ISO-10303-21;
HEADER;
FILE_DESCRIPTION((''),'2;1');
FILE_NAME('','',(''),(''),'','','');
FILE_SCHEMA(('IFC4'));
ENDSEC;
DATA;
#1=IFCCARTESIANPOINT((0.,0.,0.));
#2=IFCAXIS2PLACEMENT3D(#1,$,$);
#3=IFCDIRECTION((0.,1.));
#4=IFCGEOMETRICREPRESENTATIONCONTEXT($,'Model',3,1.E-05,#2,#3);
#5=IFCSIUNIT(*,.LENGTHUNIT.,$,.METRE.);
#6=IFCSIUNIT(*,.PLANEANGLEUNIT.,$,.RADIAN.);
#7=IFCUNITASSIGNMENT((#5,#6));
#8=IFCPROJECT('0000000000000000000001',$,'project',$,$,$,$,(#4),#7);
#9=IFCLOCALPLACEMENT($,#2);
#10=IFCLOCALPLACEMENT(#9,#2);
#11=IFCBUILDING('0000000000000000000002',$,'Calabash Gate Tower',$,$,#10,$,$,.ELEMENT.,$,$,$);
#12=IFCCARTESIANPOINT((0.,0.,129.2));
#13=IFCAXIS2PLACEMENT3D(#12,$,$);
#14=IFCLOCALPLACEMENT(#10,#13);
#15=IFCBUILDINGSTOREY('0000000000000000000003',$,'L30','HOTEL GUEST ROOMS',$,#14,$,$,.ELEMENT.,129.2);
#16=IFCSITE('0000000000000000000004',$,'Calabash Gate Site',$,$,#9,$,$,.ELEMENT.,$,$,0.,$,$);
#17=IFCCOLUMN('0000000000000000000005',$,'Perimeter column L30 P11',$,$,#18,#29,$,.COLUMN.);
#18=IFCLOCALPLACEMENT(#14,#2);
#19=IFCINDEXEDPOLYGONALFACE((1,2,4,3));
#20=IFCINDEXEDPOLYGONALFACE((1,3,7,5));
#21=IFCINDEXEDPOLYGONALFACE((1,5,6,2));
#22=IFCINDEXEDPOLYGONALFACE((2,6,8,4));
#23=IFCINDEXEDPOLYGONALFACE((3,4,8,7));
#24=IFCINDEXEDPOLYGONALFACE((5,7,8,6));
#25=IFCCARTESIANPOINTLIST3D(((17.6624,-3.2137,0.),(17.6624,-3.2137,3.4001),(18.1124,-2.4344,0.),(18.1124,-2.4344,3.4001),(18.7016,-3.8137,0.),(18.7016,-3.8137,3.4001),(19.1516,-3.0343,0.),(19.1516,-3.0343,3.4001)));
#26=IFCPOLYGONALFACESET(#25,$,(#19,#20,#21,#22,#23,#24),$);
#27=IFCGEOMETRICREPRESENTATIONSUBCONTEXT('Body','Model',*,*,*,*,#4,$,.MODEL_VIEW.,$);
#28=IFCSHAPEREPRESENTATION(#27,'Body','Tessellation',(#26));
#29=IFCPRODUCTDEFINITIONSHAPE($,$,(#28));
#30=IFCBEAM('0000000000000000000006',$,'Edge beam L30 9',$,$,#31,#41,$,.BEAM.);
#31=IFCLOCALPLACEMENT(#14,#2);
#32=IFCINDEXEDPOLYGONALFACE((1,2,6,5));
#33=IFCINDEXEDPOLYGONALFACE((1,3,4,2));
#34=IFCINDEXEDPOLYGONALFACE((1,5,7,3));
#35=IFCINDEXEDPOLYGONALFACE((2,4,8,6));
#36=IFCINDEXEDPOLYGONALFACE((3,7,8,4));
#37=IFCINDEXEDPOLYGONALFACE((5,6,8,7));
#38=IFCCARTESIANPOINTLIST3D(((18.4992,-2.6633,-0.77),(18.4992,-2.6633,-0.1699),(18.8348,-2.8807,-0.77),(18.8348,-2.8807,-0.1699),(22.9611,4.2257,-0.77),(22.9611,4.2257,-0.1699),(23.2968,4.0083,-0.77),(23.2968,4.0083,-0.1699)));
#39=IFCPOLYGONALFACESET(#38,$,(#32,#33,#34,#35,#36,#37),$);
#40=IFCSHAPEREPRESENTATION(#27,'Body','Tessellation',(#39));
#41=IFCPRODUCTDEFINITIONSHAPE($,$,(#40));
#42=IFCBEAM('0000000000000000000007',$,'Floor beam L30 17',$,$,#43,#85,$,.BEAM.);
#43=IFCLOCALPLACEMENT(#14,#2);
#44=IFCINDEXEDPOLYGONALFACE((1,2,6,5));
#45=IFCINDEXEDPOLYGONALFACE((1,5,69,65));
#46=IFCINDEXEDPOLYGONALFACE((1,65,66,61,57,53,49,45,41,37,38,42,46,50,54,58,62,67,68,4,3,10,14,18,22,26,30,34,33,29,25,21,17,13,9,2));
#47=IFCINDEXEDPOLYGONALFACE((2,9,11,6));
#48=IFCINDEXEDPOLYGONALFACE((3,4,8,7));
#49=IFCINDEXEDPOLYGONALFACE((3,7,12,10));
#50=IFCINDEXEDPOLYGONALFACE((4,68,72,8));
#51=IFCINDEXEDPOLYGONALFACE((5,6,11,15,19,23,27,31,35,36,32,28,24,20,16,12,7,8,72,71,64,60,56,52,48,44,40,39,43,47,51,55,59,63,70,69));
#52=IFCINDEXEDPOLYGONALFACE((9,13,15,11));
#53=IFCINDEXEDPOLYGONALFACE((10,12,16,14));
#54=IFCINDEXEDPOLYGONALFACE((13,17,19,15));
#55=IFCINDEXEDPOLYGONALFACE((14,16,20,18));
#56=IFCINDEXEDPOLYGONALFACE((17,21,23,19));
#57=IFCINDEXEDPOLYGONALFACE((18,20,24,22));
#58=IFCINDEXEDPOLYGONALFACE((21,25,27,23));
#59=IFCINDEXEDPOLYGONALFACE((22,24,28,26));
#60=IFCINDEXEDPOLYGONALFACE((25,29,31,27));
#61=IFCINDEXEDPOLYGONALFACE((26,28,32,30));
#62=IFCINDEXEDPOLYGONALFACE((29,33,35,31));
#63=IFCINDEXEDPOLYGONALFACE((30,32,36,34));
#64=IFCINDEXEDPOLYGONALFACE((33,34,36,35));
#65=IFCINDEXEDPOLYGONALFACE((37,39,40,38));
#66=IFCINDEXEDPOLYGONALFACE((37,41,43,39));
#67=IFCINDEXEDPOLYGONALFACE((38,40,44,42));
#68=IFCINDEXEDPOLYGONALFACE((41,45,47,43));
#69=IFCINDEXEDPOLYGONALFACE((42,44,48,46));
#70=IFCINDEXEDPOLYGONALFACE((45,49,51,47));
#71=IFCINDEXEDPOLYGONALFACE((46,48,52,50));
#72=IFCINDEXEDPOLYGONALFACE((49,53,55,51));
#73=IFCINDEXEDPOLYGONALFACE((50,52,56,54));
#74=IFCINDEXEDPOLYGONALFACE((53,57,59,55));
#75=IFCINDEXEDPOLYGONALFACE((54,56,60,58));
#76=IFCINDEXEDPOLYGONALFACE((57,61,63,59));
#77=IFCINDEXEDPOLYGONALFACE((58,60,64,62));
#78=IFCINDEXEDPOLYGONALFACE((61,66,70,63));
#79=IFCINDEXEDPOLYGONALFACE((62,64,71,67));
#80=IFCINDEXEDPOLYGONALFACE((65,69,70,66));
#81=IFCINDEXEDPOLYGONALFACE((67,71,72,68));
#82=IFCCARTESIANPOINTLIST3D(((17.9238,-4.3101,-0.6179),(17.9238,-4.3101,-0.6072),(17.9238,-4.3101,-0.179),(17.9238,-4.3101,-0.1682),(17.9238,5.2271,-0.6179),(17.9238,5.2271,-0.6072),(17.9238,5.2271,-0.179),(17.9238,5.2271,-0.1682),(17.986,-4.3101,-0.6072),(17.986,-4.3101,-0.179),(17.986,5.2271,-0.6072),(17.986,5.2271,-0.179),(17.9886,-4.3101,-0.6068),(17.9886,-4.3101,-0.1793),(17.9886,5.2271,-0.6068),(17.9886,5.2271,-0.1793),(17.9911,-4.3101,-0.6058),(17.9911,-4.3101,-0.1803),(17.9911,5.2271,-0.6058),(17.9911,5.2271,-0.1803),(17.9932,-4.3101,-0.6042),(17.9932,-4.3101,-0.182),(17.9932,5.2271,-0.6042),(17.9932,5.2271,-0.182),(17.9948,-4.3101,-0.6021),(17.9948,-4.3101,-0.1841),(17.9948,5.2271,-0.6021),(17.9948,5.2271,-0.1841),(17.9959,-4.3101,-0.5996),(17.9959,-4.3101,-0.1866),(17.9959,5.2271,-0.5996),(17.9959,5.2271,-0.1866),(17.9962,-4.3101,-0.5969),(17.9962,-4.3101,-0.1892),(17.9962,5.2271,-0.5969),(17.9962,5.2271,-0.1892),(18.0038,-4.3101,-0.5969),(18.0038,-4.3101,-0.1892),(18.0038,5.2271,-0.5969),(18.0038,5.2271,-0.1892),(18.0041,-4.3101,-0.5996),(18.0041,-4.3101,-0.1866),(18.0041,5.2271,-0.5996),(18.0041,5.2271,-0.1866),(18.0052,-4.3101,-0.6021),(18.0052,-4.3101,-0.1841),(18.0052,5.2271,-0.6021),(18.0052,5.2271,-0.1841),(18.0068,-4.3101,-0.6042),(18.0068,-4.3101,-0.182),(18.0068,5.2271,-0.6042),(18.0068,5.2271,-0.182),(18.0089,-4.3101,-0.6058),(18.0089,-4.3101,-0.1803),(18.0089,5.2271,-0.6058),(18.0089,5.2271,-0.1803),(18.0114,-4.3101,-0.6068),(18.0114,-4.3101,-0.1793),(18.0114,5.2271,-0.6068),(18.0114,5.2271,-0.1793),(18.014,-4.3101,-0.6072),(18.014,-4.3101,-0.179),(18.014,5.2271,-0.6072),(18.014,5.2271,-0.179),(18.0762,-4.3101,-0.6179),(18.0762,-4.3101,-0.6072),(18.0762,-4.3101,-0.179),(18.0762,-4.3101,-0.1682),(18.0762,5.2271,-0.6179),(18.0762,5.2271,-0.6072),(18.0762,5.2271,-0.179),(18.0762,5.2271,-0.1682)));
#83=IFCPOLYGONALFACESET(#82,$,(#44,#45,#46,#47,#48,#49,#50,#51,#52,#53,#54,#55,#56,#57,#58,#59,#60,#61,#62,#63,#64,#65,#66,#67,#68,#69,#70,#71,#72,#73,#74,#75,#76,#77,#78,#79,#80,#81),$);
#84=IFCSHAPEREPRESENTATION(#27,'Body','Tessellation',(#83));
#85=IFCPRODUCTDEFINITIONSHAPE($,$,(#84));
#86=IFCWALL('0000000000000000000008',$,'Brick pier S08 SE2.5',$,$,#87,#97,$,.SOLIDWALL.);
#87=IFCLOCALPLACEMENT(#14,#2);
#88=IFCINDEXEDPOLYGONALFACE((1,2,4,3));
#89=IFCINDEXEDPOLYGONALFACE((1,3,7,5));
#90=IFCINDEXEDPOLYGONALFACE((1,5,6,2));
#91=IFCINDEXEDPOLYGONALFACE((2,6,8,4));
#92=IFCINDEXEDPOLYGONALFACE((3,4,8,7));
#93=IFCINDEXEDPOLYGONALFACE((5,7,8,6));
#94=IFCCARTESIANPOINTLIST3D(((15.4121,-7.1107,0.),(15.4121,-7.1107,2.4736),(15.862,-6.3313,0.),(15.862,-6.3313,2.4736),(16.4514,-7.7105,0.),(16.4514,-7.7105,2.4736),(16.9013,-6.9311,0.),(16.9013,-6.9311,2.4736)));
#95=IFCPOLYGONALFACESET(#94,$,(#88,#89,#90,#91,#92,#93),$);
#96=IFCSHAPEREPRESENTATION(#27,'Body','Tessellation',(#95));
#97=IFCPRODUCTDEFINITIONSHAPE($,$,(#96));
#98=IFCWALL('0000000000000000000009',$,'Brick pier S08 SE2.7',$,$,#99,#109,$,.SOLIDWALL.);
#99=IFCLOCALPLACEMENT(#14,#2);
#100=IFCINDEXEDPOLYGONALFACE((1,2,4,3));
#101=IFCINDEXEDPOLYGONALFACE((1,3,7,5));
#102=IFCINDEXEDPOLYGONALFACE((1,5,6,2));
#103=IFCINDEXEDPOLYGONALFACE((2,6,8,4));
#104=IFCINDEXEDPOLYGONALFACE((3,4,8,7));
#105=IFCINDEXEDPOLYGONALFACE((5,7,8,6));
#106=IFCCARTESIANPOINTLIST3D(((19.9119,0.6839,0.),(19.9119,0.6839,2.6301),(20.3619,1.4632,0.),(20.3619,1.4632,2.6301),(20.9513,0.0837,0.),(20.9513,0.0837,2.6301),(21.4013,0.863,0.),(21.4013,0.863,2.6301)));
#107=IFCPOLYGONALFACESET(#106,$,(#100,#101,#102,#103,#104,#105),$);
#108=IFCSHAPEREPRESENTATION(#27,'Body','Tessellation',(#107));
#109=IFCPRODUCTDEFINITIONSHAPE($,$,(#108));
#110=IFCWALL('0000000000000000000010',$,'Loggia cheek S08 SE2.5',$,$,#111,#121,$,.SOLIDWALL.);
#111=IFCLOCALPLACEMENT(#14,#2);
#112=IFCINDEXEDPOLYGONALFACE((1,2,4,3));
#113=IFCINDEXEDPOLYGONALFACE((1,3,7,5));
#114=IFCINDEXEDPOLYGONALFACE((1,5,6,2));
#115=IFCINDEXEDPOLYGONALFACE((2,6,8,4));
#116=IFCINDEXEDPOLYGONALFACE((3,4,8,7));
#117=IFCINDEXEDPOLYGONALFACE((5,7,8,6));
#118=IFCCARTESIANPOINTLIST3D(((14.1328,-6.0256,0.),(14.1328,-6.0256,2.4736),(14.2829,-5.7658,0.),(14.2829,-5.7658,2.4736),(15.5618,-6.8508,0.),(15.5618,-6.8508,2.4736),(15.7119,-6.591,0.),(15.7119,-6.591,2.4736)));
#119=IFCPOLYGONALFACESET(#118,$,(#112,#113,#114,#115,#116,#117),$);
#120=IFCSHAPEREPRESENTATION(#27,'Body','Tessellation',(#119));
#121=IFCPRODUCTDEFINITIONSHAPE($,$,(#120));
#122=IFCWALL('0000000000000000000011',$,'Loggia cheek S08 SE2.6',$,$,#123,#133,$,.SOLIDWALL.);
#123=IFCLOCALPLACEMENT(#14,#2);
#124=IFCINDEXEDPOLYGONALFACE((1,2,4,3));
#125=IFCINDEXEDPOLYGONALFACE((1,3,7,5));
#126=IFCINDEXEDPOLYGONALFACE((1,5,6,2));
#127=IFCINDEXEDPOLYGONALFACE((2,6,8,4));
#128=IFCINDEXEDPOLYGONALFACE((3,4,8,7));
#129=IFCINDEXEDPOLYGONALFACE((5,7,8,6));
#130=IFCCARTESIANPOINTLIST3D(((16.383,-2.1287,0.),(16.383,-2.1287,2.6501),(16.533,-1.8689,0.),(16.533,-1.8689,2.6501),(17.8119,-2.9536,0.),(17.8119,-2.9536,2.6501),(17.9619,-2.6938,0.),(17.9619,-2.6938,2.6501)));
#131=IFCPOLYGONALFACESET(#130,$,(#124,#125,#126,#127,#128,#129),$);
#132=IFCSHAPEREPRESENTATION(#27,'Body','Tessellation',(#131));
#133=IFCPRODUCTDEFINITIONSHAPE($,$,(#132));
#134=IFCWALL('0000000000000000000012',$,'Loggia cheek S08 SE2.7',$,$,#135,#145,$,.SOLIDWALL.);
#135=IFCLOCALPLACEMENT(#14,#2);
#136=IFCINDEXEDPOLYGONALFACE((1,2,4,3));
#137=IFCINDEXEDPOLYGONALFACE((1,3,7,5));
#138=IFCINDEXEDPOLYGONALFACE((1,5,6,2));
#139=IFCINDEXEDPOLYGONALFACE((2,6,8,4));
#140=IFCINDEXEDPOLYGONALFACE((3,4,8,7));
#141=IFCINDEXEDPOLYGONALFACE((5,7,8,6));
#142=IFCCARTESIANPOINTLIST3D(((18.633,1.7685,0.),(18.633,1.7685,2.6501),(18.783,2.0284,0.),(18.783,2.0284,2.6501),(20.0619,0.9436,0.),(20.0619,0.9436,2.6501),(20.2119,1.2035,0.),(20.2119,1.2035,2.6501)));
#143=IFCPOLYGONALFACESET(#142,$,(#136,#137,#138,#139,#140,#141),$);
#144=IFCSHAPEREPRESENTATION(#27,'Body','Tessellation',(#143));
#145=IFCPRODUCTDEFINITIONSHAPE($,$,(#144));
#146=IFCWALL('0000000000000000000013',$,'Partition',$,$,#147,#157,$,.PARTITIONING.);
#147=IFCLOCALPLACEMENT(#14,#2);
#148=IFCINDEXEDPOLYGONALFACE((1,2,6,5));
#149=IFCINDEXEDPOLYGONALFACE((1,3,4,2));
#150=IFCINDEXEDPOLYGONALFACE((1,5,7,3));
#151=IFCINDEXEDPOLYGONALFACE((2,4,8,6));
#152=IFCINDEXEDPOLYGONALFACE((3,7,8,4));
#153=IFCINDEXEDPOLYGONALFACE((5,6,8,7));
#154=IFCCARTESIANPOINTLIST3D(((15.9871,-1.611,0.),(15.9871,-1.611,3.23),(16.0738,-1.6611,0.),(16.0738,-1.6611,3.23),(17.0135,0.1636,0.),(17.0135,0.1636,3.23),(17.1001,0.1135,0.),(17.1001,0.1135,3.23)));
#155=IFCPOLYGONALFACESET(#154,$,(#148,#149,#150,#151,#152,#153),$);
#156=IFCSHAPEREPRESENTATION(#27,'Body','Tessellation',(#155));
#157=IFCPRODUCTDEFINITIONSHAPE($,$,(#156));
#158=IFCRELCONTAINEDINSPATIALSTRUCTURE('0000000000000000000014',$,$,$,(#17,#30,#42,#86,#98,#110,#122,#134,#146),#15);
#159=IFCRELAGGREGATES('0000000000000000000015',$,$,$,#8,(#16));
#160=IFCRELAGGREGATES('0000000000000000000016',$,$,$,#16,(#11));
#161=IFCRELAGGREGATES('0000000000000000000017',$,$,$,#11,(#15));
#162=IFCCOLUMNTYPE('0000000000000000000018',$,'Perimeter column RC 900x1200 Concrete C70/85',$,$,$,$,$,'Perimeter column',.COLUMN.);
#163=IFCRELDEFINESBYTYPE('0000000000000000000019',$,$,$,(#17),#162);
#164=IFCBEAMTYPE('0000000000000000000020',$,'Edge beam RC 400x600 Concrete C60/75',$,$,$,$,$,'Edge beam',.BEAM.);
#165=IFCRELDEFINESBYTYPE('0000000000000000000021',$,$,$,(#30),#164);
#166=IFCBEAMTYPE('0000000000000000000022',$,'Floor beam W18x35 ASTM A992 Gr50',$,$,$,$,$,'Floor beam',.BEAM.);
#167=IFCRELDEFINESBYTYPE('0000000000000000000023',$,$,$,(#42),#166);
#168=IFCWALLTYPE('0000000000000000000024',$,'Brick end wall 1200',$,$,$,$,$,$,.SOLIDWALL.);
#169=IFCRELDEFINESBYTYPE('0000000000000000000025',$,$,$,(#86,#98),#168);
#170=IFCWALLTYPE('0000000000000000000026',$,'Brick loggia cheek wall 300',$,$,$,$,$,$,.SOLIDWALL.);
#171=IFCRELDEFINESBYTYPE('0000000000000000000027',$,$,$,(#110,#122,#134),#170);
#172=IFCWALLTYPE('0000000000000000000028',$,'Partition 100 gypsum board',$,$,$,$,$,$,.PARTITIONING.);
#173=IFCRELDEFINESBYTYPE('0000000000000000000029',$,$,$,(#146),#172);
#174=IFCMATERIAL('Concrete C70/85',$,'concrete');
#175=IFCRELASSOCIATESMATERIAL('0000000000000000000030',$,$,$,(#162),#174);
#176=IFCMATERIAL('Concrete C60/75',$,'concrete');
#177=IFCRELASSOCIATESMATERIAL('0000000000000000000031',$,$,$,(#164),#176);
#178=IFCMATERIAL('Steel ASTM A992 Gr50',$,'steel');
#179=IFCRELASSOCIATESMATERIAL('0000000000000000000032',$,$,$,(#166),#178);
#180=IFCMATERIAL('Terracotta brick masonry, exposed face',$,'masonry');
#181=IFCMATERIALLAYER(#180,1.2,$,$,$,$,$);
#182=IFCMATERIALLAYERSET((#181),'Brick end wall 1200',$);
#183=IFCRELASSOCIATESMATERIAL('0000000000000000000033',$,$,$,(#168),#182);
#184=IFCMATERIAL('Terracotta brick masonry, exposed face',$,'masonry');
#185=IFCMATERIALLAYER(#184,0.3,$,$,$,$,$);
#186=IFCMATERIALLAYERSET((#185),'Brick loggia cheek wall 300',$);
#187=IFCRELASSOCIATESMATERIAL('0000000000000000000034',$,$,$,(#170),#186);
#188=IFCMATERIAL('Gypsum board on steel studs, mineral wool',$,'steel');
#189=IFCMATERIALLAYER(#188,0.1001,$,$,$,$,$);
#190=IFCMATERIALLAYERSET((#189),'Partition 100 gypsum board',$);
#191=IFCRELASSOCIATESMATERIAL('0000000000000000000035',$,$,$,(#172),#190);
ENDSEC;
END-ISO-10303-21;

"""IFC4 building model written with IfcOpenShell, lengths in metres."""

from ifc_helpers import new_model, si_unit, direction, frame, frame_2d, origin, origin_2d, place, context, subcontext, project, spatial, rectangle, i_section, extrude, material, layer, layer_set, material_profile, profile_set, type_object, element, save


model = new_model("IFC4")

# Units and contexts
model_context = context("Model", 3, precision=1e-05, world=origin(), true_north=direction((0.0, 1.0)))
body_context = subcontext(model_context, "Body", "Model", "MODEL_VIEW")
ifc_project = project(units=[si_unit("LENGTHUNIT", "METRE"), si_unit("PLANEANGLEUNIT", "RADIAN")], contexts=[model_context])

# Site, building, storey
site_placement = place(None, origin())
site = spatial("IfcSite", under=ifc_project, at=site_placement, Name="Calabash Gate Site", CompositionType="ELEMENT", RefElevation=0.0)
building_placement = place(site_placement, origin())
building = spatial("IfcBuilding", under=site, at=building_placement, Name="Calabash Gate Tower", CompositionType="ELEMENT")
storey_placement = place(building_placement, frame((0.0, 0.0, 129.2)))
storey = spatial("IfcBuildingStorey", under=building, at=storey_placement, Name="L30", Description="HOTEL GUEST ROOMS", CompositionType="ELEMENT", Elevation=129.2)

# Column
ifc_material_1 = material(Name="Concrete C70/85", Category="concrete")
ifc_material_profile_1 = material_profile(ifc_material_1, rectangle(XDim=0.8999, YDim=1.2, at=origin_2d()))
ifc_profile_set_1 = profile_set([ifc_material_profile_1], Name="Concrete C70/85")
column_type = type_object("IfcColumnType", Name="Perimeter column RC 900x1200 Concrete C70/85", ElementType="Perimeter column", PredefinedType="COLUMN", material=ifc_profile_set_1)
column_placement = place(storey_placement, frame((18.407, -3.124, 0.0), z_axis=(0.0, 0.0, 1.0), x_axis=(0.5, 0.866025, 0.0)))
element("IfcColumn", 1, at=column_placement, inside=storey, type_object=column_type, Name="Perimeter column L30 P11", PredefinedType="COLUMN", context=body_context, shape_type="SweptSolid", body=[
    extrude(rectangle(XDim=0.8999, YDim=1.2, at=origin_2d()), origin(), (0.0, 0.0, 1.0), 3.4001),
])

# Beams
ifc_material_2 = material(Name="Concrete C60/75", Category="concrete")
ifc_material_profile_2 = material_profile(ifc_material_2, rectangle(XDim=0.3999, YDim=0.6001, at=origin_2d()))
ifc_profile_set_2 = profile_set([ifc_material_profile_2], Name="Concrete C60/75")
beam_type_1 = type_object("IfcBeamType", Name="Edge beam RC 400x600 Concrete C60/75", ElementType="Edge beam", PredefinedType="BEAM", material=ifc_profile_set_2)
beam_1_placement = place(storey_placement, frame((18.667, -2.772, -0.47), z_axis=(0.543627, 0.839327, 0.0), x_axis=(-0.839327, 0.543627, 0.0)))
element("IfcBeam", 2, at=beam_1_placement, inside=storey, type_object=beam_type_1, Name="Edge beam L30 9", PredefinedType="BEAM", context=body_context, shape_type="SweptSolid", body=[
    extrude(rectangle(XDim=0.3999, YDim=0.6001, at=origin_2d()), origin(), (0.0, 0.0, 1.0), 8.2078),
])
ifc_material_3 = material(Name="Steel ASTM A992 Gr50", Category="steel")
ifc_material_profile_3 = material_profile(ifc_material_3, i_section(OverallWidth=0.1523, OverallDepth=0.4497, WebThickness=0.0076, FlangeThickness=0.0107, FilletRadius=0.0103, at=origin_2d()))
ifc_profile_set_3 = profile_set([ifc_material_profile_3], Name="Steel ASTM A992 Gr50")
beam_type_2 = type_object("IfcBeamType", Name="Floor beam W18x35 ASTM A992 Gr50", ElementType="Floor beam", PredefinedType="BEAM", material=ifc_profile_set_3)
beam_2_placement = place(storey_placement, frame((18.0, -4.3101, -0.3931), z_axis=(0.0, 1.0, 0.0), x_axis=(-1.0, 0.0, 0.0)))
element("IfcBeam", 3, at=beam_2_placement, inside=storey, type_object=beam_type_2, Name="Floor beam L30 17", PredefinedType="BEAM", context=body_context, shape_type="SweptSolid", body=[
    extrude(i_section(OverallWidth=0.1523, OverallDepth=0.4497, WebThickness=0.0076, FlangeThickness=0.0107, FilletRadius=0.0103, at=origin_2d()), origin(), (0.0, 0.0, 1.0), 9.5371),
])

# Walls
ifc_material_4 = material(Name="Terracotta brick masonry, exposed face", Category="masonry")
ifc_layer_1 = layer(ifc_material_4, 1.2)
ifc_layer_set_1 = layer_set([ifc_layer_1], Name="Brick end wall 1200")
wall_type_1 = type_object("IfcWallType", Name="Brick end wall 1200", PredefinedType="SOLIDWALL", material=ifc_layer_set_1)
wall_1_placement = place(storey_placement, frame((15.637, -6.7209, 0.0), z_axis=(0.0, 0.0, 1.0), x_axis=(0.866094, -0.499881, 0.0)))
element("IfcWall", 4, at=wall_1_placement, inside=storey, type_object=wall_type_1, Name="Brick pier S08 SE2.5", PredefinedType="SOLIDWALL", context=body_context, shape_type="SweptSolid", body=[
    extrude(rectangle(XDim=1.2, YDim=0.8999, at=frame_2d((0.6001, 0.0))), origin(), (0.0, 0.0, 1.0), 2.4736),
])
wall_2_placement = place(storey_placement, frame((21.1763, 0.4734, 0.0), z_axis=(0.0, 0.0, 1.0), x_axis=(-0.866006, 0.500034, 0.0)))
element("IfcWall", 5, at=wall_2_placement, inside=storey, type_object=wall_type_1, Name="Brick pier S08 SE2.7", PredefinedType="SOLIDWALL", context=body_context, shape_type="SweptSolid", body=[
    extrude(rectangle(XDim=1.2002, YDim=0.8999, at=frame_2d((0.6001, 0.0))), origin(), (0.0, 0.0, 1.0), 2.6301),
])
ifc_material_5 = material(Name="Terracotta brick masonry, exposed face", Category="masonry")
ifc_layer_2 = layer(ifc_material_5, 0.3)
ifc_layer_set_2 = layer_set([ifc_layer_2], Name="Brick loggia cheek wall 300")
wall_type_2 = type_object("IfcWallType", Name="Brick loggia cheek wall 300", PredefinedType="SOLIDWALL", material=ifc_layer_set_2)
wall_3_placement = place(storey_placement, frame((15.637, -6.7209, 0.0), z_axis=(0.0, 0.0, 1.0), x_axis=(-0.865976, 0.500085, 0.0)))
element("IfcWall", 6, at=wall_3_placement, inside=storey, type_object=wall_type_2, Name="Loggia cheek S08 SE2.5", PredefinedType="SOLIDWALL", context=body_context, shape_type="SweptSolid", body=[
    extrude(rectangle(XDim=1.6501, YDim=0.3, at=frame_2d((0.8252, 0.0))), origin(), (0.0, 0.0, 1.0), 2.4736),
])
for number, where, z_axis, x_axis, name in (
    (7, (16.458, -1.9988, 0.0), (0.0, 0.0, 1.0), (0.86604, -0.499974, 0.0), "Loggia cheek S08 SE2.6"),
    (8, (18.708, 1.8984, 0.0), (0.0, 0.0, 1.0), (0.86604, -0.499974, 0.0), "Loggia cheek S08 SE2.7"),
):
    element("IfcWall", number, at=place(storey_placement, frame(where, z_axis=z_axis, x_axis=x_axis)), inside=storey, type_object=wall_type_2, Name=name, PredefinedType="SOLIDWALL", context=body_context, shape_type="SweptSolid", body=[
        extrude(rectangle(XDim=1.6499, YDim=0.3, at=frame_2d((0.825, 0.0))), origin(), (0.0, 0.0, 1.0), 2.6501),
    ])
ifc_material_6 = material(Name="Gypsum board on steel studs, mineral wool", Category="steel")
ifc_layer_3 = layer(ifc_material_6, 0.1001)
ifc_layer_set_3 = layer_set([ifc_layer_3], Name="Partition 100 gypsum board")
wall_type_3 = type_object("IfcWallType", Name="Partition 100 gypsum board", PredefinedType="PARTITIONING", material=ifc_layer_set_3)
wall_4_placement = place(storey_placement, frame((16.0305, -1.636, 0.0), z_axis=(0.0, 0.0, 1.0), x_axis=(0.500647, 0.865652, 0.0)))
element("IfcWall", 9, at=wall_4_placement, inside=storey, type_object=wall_type_3, Name="Partition", PredefinedType="PARTITIONING", context=body_context, shape_type="SweptSolid", body=[
    extrude(rectangle(XDim=2.05, YDim=0.1001, at=frame_2d((1.0249, 0.0))), origin(), (0.0, 0.0, 1.0), 3.23),
])

save(model, "model.ifc")
